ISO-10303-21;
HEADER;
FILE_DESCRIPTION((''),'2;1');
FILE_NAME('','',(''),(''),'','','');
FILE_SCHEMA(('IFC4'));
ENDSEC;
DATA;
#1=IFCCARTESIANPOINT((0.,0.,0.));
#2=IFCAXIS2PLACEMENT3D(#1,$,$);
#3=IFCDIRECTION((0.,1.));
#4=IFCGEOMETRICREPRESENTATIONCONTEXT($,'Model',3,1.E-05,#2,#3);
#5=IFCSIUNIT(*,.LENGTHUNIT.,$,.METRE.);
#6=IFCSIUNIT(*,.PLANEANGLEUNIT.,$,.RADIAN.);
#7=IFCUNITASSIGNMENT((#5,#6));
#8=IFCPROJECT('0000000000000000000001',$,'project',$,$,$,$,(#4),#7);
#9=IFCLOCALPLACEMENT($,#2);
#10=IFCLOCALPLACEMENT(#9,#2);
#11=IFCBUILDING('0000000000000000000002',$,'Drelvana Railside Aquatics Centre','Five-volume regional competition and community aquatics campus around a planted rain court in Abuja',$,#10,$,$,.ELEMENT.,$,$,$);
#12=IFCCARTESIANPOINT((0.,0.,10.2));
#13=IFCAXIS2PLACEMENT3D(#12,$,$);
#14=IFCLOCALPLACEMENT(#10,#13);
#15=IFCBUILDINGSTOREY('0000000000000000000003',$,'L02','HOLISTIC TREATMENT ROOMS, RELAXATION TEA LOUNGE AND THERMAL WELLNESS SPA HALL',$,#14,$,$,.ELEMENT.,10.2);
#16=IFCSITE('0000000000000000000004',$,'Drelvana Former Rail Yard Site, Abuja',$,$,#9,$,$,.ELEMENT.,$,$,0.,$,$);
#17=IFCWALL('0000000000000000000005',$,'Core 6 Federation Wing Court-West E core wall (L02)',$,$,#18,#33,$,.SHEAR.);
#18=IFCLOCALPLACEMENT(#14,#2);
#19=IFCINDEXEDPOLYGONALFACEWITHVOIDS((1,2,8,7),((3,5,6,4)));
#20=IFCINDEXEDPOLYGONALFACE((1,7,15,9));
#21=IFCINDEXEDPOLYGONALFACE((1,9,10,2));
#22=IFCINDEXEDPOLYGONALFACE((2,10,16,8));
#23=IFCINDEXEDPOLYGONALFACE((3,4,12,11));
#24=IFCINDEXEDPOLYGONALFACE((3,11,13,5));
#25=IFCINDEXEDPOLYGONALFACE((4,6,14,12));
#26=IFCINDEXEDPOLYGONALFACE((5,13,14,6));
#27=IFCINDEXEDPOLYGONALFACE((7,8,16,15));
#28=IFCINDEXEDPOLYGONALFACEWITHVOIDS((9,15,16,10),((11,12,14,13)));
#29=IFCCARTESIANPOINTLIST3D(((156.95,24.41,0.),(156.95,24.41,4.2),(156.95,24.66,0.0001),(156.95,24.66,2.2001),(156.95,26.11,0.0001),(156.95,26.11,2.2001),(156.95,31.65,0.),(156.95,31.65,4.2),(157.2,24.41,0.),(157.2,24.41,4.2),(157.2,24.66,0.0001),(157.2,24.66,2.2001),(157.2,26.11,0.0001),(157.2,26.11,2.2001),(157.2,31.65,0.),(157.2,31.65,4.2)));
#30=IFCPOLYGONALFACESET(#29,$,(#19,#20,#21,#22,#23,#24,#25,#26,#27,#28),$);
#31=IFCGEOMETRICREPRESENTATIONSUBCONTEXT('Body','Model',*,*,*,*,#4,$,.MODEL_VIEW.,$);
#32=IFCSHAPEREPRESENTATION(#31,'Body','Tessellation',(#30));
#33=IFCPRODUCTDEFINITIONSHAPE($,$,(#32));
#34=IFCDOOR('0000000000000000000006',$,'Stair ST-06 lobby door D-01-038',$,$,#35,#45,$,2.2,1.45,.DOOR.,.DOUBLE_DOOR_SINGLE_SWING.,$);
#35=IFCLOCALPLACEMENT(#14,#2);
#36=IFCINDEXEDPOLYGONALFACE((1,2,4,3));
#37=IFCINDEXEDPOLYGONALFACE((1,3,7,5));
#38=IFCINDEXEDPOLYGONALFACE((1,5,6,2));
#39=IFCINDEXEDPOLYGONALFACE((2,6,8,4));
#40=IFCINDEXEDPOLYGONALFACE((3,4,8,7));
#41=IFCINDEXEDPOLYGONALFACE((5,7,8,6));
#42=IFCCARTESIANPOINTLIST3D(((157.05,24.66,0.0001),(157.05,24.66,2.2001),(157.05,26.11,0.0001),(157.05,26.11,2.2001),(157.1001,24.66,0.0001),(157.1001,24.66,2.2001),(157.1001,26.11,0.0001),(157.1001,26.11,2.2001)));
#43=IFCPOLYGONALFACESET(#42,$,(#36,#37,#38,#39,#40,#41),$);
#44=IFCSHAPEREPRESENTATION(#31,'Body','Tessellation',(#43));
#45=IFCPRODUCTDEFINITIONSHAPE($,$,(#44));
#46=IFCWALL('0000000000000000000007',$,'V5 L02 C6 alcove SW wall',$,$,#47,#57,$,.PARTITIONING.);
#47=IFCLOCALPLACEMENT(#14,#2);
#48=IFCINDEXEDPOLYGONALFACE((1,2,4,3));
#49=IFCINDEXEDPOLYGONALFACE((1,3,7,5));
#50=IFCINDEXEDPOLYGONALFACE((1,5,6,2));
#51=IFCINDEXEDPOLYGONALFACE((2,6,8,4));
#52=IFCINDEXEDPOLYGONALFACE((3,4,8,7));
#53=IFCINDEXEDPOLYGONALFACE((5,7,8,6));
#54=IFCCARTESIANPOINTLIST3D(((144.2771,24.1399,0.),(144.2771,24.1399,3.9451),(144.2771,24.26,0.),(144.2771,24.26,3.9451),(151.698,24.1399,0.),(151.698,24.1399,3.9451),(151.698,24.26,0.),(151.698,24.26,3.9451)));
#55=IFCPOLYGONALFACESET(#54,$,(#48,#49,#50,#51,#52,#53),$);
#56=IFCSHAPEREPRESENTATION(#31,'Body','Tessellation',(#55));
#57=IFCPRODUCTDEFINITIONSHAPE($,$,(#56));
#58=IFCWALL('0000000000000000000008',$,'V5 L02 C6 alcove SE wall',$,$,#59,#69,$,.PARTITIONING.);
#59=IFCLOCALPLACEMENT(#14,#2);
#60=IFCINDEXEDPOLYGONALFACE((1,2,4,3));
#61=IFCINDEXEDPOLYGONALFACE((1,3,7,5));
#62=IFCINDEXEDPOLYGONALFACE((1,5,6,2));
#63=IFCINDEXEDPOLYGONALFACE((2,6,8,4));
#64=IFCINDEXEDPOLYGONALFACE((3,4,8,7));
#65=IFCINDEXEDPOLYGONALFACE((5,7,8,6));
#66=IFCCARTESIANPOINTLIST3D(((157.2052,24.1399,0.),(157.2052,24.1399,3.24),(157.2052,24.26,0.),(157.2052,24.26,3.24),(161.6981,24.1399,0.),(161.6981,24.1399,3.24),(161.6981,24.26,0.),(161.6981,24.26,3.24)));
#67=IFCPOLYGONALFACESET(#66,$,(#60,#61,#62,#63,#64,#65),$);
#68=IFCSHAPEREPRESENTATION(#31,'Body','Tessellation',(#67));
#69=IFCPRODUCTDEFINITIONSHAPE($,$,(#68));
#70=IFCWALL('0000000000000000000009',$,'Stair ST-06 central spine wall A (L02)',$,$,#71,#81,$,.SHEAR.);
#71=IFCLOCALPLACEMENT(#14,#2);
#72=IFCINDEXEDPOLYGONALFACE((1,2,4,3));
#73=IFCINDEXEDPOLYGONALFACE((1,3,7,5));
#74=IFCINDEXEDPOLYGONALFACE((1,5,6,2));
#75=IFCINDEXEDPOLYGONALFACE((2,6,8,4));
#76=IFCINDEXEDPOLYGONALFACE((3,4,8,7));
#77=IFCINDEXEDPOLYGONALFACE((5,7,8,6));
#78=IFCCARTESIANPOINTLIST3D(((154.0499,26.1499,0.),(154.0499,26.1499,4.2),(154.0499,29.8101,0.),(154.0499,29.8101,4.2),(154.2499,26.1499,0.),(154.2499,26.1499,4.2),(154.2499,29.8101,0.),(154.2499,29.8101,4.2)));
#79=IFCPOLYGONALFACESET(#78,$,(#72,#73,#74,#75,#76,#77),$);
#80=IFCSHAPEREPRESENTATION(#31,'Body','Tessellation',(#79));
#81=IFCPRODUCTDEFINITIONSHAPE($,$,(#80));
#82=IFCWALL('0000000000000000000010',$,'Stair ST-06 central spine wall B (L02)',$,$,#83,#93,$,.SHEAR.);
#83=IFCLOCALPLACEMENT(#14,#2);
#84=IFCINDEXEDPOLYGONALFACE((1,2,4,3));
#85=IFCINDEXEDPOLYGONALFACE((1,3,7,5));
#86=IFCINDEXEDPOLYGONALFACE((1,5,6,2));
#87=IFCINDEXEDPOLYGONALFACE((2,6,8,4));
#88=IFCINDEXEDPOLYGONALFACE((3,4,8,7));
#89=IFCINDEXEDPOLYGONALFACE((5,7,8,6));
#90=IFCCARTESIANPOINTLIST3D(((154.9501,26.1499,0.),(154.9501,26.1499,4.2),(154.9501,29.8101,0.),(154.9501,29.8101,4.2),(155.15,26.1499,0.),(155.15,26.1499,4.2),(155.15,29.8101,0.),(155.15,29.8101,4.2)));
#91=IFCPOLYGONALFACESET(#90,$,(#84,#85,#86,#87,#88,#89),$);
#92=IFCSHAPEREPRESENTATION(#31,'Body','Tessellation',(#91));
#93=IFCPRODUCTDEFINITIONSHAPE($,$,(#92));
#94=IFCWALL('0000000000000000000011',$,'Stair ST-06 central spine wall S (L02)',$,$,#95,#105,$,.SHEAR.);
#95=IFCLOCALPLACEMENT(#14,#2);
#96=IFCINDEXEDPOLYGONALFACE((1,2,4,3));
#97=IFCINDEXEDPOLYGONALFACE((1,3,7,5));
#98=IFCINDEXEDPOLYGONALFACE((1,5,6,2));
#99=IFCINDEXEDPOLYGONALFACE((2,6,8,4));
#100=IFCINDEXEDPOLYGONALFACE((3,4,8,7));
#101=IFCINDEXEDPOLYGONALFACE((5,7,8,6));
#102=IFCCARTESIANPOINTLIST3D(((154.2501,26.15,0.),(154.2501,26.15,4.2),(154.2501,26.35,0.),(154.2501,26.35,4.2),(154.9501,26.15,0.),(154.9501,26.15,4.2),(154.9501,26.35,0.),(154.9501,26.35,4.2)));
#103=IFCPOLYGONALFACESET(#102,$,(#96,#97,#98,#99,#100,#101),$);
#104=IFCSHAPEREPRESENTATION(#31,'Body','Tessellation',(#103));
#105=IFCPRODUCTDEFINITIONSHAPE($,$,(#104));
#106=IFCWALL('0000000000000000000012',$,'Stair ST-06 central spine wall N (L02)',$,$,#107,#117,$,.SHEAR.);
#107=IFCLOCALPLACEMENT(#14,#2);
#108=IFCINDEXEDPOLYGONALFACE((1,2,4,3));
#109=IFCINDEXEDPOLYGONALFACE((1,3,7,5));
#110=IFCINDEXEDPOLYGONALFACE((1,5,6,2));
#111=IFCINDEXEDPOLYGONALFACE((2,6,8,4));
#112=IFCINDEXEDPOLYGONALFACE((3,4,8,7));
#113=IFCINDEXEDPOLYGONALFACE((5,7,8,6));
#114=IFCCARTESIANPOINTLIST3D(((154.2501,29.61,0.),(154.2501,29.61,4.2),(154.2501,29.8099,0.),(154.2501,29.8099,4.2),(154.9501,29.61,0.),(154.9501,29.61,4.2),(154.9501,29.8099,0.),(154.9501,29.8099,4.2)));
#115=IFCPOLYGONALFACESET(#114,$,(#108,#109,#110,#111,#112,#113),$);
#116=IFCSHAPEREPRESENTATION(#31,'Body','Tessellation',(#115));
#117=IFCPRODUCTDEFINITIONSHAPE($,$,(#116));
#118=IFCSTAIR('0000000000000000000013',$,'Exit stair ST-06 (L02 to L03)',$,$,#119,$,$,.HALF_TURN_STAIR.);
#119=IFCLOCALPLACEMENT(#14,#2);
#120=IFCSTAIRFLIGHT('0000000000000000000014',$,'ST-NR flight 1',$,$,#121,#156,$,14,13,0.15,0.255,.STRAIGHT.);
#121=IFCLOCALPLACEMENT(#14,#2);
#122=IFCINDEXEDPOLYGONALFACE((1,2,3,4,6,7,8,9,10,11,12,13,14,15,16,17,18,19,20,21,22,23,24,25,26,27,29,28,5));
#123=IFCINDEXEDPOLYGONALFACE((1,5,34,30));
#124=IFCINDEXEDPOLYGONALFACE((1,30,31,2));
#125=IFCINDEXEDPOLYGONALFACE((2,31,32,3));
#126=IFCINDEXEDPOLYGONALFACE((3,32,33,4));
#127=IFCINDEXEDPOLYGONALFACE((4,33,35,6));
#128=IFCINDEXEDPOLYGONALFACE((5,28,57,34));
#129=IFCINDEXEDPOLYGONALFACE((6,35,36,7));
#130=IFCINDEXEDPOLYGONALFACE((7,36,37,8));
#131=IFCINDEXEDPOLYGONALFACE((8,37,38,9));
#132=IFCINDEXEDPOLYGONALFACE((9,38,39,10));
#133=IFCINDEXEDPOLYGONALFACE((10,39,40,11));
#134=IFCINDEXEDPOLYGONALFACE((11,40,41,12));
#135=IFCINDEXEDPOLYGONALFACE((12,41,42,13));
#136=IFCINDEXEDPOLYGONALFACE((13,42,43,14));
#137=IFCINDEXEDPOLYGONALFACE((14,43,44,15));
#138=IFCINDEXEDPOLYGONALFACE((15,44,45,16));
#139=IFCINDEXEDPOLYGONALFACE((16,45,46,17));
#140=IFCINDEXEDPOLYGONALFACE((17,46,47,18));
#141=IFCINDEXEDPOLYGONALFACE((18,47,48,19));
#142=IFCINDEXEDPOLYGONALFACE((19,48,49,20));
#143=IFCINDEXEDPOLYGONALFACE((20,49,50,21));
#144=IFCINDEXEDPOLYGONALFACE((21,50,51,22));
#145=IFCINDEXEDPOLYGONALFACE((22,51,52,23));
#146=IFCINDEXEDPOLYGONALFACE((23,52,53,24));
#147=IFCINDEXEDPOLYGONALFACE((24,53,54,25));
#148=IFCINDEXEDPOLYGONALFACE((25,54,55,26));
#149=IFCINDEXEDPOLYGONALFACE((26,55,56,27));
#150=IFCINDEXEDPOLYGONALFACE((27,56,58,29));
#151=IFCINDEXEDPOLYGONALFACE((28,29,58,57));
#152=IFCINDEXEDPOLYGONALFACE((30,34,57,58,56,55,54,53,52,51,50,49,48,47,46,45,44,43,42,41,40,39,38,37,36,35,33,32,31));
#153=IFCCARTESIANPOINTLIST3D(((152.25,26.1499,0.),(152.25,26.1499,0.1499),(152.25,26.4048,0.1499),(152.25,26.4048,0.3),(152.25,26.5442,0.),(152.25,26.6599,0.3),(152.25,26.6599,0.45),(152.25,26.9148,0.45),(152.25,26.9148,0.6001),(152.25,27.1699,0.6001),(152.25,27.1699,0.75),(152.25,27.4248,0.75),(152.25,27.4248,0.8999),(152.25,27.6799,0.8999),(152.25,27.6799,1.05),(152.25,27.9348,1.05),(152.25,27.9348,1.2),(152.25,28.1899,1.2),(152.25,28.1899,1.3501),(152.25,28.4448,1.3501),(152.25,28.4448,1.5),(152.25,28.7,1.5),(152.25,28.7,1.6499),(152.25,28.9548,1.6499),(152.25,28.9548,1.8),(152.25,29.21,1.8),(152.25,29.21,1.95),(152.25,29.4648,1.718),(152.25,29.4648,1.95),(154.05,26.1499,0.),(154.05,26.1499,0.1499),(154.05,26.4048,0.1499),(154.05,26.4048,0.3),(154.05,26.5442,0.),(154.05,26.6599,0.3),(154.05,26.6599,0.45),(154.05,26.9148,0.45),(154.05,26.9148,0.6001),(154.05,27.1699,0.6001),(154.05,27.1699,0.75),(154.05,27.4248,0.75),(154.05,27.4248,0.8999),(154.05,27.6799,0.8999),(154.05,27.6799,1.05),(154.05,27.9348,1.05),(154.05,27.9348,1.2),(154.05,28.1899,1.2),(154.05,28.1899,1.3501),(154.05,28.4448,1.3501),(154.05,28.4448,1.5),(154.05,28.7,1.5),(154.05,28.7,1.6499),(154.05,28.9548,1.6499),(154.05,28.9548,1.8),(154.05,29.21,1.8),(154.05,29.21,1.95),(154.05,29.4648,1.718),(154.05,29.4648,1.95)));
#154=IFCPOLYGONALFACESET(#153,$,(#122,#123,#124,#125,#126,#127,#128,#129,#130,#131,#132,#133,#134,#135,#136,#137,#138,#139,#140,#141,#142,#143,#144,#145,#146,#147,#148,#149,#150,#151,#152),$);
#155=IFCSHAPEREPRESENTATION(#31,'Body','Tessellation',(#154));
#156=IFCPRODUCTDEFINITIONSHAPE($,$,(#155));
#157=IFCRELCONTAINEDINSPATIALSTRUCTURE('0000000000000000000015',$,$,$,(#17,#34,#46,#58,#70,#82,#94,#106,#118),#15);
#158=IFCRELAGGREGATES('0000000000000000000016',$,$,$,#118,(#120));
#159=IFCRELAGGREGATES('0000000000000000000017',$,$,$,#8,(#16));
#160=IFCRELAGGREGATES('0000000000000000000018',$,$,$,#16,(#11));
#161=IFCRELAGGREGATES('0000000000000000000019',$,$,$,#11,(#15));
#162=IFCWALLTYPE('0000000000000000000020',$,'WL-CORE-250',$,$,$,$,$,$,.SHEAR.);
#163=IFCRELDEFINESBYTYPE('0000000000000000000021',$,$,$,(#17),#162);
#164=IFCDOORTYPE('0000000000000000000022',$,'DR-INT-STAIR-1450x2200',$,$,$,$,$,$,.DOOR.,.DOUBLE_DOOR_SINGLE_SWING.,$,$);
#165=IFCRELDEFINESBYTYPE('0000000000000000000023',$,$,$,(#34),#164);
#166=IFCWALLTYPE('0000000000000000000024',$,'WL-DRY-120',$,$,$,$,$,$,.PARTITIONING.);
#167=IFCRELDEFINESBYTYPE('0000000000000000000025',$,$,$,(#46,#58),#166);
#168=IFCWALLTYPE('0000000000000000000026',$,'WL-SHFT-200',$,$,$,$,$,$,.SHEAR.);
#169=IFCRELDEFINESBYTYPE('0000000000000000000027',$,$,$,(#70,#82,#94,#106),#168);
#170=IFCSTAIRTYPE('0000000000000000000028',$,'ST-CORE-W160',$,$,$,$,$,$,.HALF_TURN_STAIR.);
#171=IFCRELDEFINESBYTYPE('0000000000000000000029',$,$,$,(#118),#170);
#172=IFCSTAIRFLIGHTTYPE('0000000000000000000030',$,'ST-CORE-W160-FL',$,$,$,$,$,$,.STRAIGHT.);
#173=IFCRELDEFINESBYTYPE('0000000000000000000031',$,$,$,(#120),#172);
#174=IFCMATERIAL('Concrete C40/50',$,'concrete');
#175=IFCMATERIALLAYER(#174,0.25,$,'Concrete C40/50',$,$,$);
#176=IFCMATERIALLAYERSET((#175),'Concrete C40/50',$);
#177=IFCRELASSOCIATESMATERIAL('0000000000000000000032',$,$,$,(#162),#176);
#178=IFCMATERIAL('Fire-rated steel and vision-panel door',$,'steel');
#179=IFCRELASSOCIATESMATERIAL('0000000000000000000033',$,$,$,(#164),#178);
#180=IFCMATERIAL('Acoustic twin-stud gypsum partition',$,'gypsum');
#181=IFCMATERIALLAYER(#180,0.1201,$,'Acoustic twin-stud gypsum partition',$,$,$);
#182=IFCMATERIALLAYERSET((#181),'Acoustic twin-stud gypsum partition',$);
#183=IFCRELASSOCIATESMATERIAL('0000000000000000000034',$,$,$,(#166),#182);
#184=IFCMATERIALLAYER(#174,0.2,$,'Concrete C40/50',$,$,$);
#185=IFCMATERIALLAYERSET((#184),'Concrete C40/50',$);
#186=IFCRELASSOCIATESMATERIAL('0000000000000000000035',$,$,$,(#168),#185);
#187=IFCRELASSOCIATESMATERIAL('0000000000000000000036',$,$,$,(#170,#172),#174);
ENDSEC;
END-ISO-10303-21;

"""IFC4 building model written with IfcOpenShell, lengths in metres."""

from ifc_helpers import new_model, si_unit, direction, frame, frame_2d, origin, place, context, subcontext, project, spatial, polyline, rectangle, outline, extrude, material, layer, layer_set, type_object, element, fill, aggregate, save


model = new_model("IFC4")

# Units and contexts
model_context = context("Model", 3, precision=1e-05, world=origin(), true_north=direction((0.0, 1.0)))
body_context = subcontext(model_context, "Body", "Model", "MODEL_VIEW")
ifc_project = project(units=[si_unit("LENGTHUNIT", "METRE"), si_unit("PLANEANGLEUNIT", "RADIAN")], contexts=[model_context])

# Site, building, storey
site_placement = place(None, origin())
site = spatial("IfcSite", under=ifc_project, at=site_placement, Name="Drelvana Former Rail Yard Site, Abuja", CompositionType="ELEMENT", RefElevation=0.0)
building_placement = place(site_placement, origin())
building = spatial("IfcBuilding", under=site, at=building_placement, Name="Drelvana Railside Aquatics Centre", Description="Five-volume regional competition and community aquatics campus around a planted rain court in Abuja", CompositionType="ELEMENT")
storey_placement = place(building_placement, frame((0.0, 0.0, 10.2)))
storey = spatial("IfcBuildingStorey", under=building, at=storey_placement, Name="L02", Description="HOLISTIC TREATMENT ROOMS, RELAXATION TEA LOUNGE AND THERMAL WELLNESS SPA HALL", CompositionType="ELEMENT", Elevation=10.2)

# Shared definitions
ifc_material_1 = material(Name="Concrete C40/50", Category="concrete")

# Shared definitions
ifc_layer_1 = layer(ifc_material_1, 0.25, Name="Concrete C40/50")
ifc_layer_set_1 = layer_set([ifc_layer_1], Name="Concrete C40/50")
wall_type_1 = type_object("IfcWallType", Name="WL-CORE-250", PredefinedType="SHEAR", material=ifc_layer_set_1)

# Wall, opening, door
wall_1_placement = place(storey_placement, frame((157.075, 24.4099, 0.0), z_axis=(0.0, 0.0, 1.0), x_axis=(0.0, 1.0, 0.0)))
wall_1 = element("IfcWall", 1, at=wall_1_placement, inside=storey, type_object=wall_type_1, Name="Core 6 Federation Wing Court-West E core wall (L02)", PredefinedType="SHEAR", context=body_context, shape_type="SweptSolid", body=[
    extrude(rectangle(XDim=7.24, YDim=0.25, at=frame_2d((3.6201, 0.0))), origin(), (0.0, 0.0, 1.0), 4.2),
])
opening_placement = place(wall_1_placement, frame((0.25, 0.0, 0.0)))
opening = element("IfcOpeningElement", 2, at=opening_placement, cuts=wall_1, PredefinedType="OPENING", context=body_context, shape_type="SweptSolid", body=[
    extrude(rectangle(XDim=1.45, YDim=2.2, at=frame_2d((0.7251, 1.1001))), frame((0.0, 0.135, 0.0), z_axis=(0.0, -1.0, 0.0), x_axis=(1.0, 0.0, 0.0)), (0.0, 0.0, 1.0), 0.27),
])
ifc_material_2 = material(Name="Fire-rated steel and vision-panel door", Category="steel")
door_type = type_object("IfcDoorType", Name="DR-INT-STAIR-1450x2200", OperationType="DOUBLE_DOOR_SINGLE_SWING", PredefinedType="DOOR", material=ifc_material_2)
door_placement = place(opening_placement, origin())
door = element("IfcDoor", 3, at=door_placement, inside=storey, type_object=door_type, Name="Stair ST-06 lobby door D-01-038", OperationType="DOUBLE_DOOR_SINGLE_SWING", OverallHeight=2.2, OverallWidth=1.45, PredefinedType="DOOR", context=body_context, shape_type="SweptSolid", body=[
    extrude(rectangle(XDim=1.45, YDim=2.2, at=frame_2d((0.7251, 1.1001))), frame((0.0, 0.0249, 0.0), z_axis=(0.0, -1.0, 0.0), x_axis=(1.0, 0.0, 0.0)), (0.0, 0.0, 1.0), 0.05),
])
fill(opening, door)

# Walls
ifc_material_3 = material(Name="Acoustic twin-stud gypsum partition", Category="gypsum")
ifc_layer_2 = layer(ifc_material_3, 0.1201, Name="Acoustic twin-stud gypsum partition")
ifc_layer_set_2 = layer_set([ifc_layer_2], Name="Acoustic twin-stud gypsum partition")
wall_type_2 = type_object("IfcWallType", Name="WL-DRY-120", PredefinedType="PARTITIONING", material=ifc_layer_set_2)
wall_2_placement = place(storey_placement, frame((144.2771, 24.2, 0.0), z_axis=(0.0, 0.0, 1.0), x_axis=(1.0, 0.0, 0.0)))
element("IfcWall", 4, at=wall_2_placement, inside=storey, type_object=wall_type_2, Name="V5 L02 C6 alcove SW wall", PredefinedType="PARTITIONING", context=body_context, shape_type="SweptSolid", body=[
    extrude(rectangle(XDim=7.4209, YDim=0.1201, at=frame_2d((3.7104, 0.0))), origin(), (0.0, 0.0, 1.0), 3.9451),
])
wall_3_placement = place(storey_placement, frame((157.2051, 24.2, 0.0), z_axis=(0.0, 0.0, 1.0), x_axis=(1.0, 0.0, 0.0)))
element("IfcWall", 5, at=wall_3_placement, inside=storey, type_object=wall_type_2, Name="V5 L02 C6 alcove SE wall", PredefinedType="PARTITIONING", context=body_context, shape_type="SweptSolid", body=[
    extrude(rectangle(XDim=4.4929, YDim=0.1201, at=frame_2d((2.2466, 0.0))), origin(), (0.0, 0.0, 1.0), 3.24),
])
ifc_layer_3 = layer(ifc_material_1, 0.2, Name="Concrete C40/50")
ifc_layer_set_3 = layer_set([ifc_layer_3], Name="Concrete C40/50")
wall_type_3 = type_object("IfcWallType", Name="WL-SHFT-200", PredefinedType="SHEAR", material=ifc_layer_set_3)
for number, where, z_axis, x_axis, name in (
    (6, (154.1499, 26.1499, 0.0), (0.0, 0.0, 1.0), (0.0, 1.0, 0.0), "Stair ST-06 central spine wall A (L02)"),
    (7, (155.05, 26.1499, 0.0), (0.0, 0.0, 1.0), (0.0, 1.0, 0.0), "Stair ST-06 central spine wall B (L02)"),
):
    element("IfcWall", number, at=place(storey_placement, frame(where, z_axis=z_axis, x_axis=x_axis)), inside=storey, type_object=wall_type_3, Name=name, PredefinedType="SHEAR", context=body_context, shape_type="SweptSolid", body=[
        extrude(rectangle(XDim=3.6602, YDim=0.2, at=frame_2d((1.8301, 0.0))), origin(), (0.0, 0.0, 1.0), 4.2),
    ])
for number, where, z_axis, x_axis, name in (
    (8, (154.25, 26.25, 0.0), (0.0, 0.0, 1.0), (1.0, 0.0, 0.0), "Stair ST-06 central spine wall S (L02)"),
    (9, (154.25, 29.71, 0.0), (0.0, 0.0, 1.0), (1.0, 0.0, 0.0), "Stair ST-06 central spine wall N (L02)"),
):
    element("IfcWall", number, at=place(storey_placement, frame(where, z_axis=z_axis, x_axis=x_axis)), inside=storey, type_object=wall_type_3, Name=name, PredefinedType="SHEAR", context=body_context, shape_type="SweptSolid", body=[
        extrude(rectangle(XDim=0.7, YDim=0.2, at=frame_2d((0.3501, 0.0))), origin(), (0.0, 0.0, 1.0), 4.2),
    ])

# Stair, stair flight
stair_type = type_object("IfcStairType", Name="ST-CORE-W160", PredefinedType="HALF_TURN_STAIR", material=ifc_material_1)
stair_placement = place(storey_placement, origin())
stair = element("IfcStair", 10, at=stair_placement, inside=storey, type_object=stair_type, Name="Exit stair ST-06 (L02 to L03)", PredefinedType="HALF_TURN_STAIR")
stair_flight_type = type_object("IfcStairFlightType", Name="ST-CORE-W160-FL", PredefinedType="STRAIGHT", material=ifc_material_1)
stair_flight_1_placement = place(storey_placement, frame((153.1499, 26.1499, 0.0), z_axis=(0.0, 0.0, 1.0), x_axis=(0.0, 1.0, 0.0)))
stair_flight_1 = element("IfcStairFlight", 11, at=stair_flight_1_placement, type_object=stair_flight_type, Name="ST-NR flight 1", NumberOfRisers=14, NumberOfTreads=13, PredefinedType="STRAIGHT", RiserHeight=0.15, TreadLength=0.255, context=body_context, shape_type="SweptSolid", body=[
    extrude(outline(polyline([(0.0, 0.0), (0.0, 0.1499), (0.2549, 0.1499), (0.2549, 0.3), (0.51, 0.3), (0.51, 0.45), (0.7649, 0.45), (0.7649, 0.6001), (1.02, 0.6001), (1.02, 0.75), (1.2749, 0.75), (1.2749, 0.8999), (1.53, 0.8999), (1.53, 1.05), (1.7849, 1.05), (1.7849, 1.2), (2.04, 1.2), (2.04, 1.3501), (2.2949, 1.3501), (2.2949, 1.5), (2.55, 1.5), (2.55, 1.6499), (2.8049, 1.6499), (2.8049, 1.8), (3.0601, 1.8), (3.0601, 1.95), (3.3149, 1.95), (3.3149, 2.1001), (3.3149, 1.718), (0.3943, 0.0), (0.0, 0.0)])), frame((0.0, 0.8999, 0.0), z_axis=(0.0, -1.0, 0.0), x_axis=(1.0, 0.0, 0.0)), (0.0, 0.0, 1.0), 1.8),
])
aggregate(stair, [stair_flight_1])

save(model, "model.ifc")
